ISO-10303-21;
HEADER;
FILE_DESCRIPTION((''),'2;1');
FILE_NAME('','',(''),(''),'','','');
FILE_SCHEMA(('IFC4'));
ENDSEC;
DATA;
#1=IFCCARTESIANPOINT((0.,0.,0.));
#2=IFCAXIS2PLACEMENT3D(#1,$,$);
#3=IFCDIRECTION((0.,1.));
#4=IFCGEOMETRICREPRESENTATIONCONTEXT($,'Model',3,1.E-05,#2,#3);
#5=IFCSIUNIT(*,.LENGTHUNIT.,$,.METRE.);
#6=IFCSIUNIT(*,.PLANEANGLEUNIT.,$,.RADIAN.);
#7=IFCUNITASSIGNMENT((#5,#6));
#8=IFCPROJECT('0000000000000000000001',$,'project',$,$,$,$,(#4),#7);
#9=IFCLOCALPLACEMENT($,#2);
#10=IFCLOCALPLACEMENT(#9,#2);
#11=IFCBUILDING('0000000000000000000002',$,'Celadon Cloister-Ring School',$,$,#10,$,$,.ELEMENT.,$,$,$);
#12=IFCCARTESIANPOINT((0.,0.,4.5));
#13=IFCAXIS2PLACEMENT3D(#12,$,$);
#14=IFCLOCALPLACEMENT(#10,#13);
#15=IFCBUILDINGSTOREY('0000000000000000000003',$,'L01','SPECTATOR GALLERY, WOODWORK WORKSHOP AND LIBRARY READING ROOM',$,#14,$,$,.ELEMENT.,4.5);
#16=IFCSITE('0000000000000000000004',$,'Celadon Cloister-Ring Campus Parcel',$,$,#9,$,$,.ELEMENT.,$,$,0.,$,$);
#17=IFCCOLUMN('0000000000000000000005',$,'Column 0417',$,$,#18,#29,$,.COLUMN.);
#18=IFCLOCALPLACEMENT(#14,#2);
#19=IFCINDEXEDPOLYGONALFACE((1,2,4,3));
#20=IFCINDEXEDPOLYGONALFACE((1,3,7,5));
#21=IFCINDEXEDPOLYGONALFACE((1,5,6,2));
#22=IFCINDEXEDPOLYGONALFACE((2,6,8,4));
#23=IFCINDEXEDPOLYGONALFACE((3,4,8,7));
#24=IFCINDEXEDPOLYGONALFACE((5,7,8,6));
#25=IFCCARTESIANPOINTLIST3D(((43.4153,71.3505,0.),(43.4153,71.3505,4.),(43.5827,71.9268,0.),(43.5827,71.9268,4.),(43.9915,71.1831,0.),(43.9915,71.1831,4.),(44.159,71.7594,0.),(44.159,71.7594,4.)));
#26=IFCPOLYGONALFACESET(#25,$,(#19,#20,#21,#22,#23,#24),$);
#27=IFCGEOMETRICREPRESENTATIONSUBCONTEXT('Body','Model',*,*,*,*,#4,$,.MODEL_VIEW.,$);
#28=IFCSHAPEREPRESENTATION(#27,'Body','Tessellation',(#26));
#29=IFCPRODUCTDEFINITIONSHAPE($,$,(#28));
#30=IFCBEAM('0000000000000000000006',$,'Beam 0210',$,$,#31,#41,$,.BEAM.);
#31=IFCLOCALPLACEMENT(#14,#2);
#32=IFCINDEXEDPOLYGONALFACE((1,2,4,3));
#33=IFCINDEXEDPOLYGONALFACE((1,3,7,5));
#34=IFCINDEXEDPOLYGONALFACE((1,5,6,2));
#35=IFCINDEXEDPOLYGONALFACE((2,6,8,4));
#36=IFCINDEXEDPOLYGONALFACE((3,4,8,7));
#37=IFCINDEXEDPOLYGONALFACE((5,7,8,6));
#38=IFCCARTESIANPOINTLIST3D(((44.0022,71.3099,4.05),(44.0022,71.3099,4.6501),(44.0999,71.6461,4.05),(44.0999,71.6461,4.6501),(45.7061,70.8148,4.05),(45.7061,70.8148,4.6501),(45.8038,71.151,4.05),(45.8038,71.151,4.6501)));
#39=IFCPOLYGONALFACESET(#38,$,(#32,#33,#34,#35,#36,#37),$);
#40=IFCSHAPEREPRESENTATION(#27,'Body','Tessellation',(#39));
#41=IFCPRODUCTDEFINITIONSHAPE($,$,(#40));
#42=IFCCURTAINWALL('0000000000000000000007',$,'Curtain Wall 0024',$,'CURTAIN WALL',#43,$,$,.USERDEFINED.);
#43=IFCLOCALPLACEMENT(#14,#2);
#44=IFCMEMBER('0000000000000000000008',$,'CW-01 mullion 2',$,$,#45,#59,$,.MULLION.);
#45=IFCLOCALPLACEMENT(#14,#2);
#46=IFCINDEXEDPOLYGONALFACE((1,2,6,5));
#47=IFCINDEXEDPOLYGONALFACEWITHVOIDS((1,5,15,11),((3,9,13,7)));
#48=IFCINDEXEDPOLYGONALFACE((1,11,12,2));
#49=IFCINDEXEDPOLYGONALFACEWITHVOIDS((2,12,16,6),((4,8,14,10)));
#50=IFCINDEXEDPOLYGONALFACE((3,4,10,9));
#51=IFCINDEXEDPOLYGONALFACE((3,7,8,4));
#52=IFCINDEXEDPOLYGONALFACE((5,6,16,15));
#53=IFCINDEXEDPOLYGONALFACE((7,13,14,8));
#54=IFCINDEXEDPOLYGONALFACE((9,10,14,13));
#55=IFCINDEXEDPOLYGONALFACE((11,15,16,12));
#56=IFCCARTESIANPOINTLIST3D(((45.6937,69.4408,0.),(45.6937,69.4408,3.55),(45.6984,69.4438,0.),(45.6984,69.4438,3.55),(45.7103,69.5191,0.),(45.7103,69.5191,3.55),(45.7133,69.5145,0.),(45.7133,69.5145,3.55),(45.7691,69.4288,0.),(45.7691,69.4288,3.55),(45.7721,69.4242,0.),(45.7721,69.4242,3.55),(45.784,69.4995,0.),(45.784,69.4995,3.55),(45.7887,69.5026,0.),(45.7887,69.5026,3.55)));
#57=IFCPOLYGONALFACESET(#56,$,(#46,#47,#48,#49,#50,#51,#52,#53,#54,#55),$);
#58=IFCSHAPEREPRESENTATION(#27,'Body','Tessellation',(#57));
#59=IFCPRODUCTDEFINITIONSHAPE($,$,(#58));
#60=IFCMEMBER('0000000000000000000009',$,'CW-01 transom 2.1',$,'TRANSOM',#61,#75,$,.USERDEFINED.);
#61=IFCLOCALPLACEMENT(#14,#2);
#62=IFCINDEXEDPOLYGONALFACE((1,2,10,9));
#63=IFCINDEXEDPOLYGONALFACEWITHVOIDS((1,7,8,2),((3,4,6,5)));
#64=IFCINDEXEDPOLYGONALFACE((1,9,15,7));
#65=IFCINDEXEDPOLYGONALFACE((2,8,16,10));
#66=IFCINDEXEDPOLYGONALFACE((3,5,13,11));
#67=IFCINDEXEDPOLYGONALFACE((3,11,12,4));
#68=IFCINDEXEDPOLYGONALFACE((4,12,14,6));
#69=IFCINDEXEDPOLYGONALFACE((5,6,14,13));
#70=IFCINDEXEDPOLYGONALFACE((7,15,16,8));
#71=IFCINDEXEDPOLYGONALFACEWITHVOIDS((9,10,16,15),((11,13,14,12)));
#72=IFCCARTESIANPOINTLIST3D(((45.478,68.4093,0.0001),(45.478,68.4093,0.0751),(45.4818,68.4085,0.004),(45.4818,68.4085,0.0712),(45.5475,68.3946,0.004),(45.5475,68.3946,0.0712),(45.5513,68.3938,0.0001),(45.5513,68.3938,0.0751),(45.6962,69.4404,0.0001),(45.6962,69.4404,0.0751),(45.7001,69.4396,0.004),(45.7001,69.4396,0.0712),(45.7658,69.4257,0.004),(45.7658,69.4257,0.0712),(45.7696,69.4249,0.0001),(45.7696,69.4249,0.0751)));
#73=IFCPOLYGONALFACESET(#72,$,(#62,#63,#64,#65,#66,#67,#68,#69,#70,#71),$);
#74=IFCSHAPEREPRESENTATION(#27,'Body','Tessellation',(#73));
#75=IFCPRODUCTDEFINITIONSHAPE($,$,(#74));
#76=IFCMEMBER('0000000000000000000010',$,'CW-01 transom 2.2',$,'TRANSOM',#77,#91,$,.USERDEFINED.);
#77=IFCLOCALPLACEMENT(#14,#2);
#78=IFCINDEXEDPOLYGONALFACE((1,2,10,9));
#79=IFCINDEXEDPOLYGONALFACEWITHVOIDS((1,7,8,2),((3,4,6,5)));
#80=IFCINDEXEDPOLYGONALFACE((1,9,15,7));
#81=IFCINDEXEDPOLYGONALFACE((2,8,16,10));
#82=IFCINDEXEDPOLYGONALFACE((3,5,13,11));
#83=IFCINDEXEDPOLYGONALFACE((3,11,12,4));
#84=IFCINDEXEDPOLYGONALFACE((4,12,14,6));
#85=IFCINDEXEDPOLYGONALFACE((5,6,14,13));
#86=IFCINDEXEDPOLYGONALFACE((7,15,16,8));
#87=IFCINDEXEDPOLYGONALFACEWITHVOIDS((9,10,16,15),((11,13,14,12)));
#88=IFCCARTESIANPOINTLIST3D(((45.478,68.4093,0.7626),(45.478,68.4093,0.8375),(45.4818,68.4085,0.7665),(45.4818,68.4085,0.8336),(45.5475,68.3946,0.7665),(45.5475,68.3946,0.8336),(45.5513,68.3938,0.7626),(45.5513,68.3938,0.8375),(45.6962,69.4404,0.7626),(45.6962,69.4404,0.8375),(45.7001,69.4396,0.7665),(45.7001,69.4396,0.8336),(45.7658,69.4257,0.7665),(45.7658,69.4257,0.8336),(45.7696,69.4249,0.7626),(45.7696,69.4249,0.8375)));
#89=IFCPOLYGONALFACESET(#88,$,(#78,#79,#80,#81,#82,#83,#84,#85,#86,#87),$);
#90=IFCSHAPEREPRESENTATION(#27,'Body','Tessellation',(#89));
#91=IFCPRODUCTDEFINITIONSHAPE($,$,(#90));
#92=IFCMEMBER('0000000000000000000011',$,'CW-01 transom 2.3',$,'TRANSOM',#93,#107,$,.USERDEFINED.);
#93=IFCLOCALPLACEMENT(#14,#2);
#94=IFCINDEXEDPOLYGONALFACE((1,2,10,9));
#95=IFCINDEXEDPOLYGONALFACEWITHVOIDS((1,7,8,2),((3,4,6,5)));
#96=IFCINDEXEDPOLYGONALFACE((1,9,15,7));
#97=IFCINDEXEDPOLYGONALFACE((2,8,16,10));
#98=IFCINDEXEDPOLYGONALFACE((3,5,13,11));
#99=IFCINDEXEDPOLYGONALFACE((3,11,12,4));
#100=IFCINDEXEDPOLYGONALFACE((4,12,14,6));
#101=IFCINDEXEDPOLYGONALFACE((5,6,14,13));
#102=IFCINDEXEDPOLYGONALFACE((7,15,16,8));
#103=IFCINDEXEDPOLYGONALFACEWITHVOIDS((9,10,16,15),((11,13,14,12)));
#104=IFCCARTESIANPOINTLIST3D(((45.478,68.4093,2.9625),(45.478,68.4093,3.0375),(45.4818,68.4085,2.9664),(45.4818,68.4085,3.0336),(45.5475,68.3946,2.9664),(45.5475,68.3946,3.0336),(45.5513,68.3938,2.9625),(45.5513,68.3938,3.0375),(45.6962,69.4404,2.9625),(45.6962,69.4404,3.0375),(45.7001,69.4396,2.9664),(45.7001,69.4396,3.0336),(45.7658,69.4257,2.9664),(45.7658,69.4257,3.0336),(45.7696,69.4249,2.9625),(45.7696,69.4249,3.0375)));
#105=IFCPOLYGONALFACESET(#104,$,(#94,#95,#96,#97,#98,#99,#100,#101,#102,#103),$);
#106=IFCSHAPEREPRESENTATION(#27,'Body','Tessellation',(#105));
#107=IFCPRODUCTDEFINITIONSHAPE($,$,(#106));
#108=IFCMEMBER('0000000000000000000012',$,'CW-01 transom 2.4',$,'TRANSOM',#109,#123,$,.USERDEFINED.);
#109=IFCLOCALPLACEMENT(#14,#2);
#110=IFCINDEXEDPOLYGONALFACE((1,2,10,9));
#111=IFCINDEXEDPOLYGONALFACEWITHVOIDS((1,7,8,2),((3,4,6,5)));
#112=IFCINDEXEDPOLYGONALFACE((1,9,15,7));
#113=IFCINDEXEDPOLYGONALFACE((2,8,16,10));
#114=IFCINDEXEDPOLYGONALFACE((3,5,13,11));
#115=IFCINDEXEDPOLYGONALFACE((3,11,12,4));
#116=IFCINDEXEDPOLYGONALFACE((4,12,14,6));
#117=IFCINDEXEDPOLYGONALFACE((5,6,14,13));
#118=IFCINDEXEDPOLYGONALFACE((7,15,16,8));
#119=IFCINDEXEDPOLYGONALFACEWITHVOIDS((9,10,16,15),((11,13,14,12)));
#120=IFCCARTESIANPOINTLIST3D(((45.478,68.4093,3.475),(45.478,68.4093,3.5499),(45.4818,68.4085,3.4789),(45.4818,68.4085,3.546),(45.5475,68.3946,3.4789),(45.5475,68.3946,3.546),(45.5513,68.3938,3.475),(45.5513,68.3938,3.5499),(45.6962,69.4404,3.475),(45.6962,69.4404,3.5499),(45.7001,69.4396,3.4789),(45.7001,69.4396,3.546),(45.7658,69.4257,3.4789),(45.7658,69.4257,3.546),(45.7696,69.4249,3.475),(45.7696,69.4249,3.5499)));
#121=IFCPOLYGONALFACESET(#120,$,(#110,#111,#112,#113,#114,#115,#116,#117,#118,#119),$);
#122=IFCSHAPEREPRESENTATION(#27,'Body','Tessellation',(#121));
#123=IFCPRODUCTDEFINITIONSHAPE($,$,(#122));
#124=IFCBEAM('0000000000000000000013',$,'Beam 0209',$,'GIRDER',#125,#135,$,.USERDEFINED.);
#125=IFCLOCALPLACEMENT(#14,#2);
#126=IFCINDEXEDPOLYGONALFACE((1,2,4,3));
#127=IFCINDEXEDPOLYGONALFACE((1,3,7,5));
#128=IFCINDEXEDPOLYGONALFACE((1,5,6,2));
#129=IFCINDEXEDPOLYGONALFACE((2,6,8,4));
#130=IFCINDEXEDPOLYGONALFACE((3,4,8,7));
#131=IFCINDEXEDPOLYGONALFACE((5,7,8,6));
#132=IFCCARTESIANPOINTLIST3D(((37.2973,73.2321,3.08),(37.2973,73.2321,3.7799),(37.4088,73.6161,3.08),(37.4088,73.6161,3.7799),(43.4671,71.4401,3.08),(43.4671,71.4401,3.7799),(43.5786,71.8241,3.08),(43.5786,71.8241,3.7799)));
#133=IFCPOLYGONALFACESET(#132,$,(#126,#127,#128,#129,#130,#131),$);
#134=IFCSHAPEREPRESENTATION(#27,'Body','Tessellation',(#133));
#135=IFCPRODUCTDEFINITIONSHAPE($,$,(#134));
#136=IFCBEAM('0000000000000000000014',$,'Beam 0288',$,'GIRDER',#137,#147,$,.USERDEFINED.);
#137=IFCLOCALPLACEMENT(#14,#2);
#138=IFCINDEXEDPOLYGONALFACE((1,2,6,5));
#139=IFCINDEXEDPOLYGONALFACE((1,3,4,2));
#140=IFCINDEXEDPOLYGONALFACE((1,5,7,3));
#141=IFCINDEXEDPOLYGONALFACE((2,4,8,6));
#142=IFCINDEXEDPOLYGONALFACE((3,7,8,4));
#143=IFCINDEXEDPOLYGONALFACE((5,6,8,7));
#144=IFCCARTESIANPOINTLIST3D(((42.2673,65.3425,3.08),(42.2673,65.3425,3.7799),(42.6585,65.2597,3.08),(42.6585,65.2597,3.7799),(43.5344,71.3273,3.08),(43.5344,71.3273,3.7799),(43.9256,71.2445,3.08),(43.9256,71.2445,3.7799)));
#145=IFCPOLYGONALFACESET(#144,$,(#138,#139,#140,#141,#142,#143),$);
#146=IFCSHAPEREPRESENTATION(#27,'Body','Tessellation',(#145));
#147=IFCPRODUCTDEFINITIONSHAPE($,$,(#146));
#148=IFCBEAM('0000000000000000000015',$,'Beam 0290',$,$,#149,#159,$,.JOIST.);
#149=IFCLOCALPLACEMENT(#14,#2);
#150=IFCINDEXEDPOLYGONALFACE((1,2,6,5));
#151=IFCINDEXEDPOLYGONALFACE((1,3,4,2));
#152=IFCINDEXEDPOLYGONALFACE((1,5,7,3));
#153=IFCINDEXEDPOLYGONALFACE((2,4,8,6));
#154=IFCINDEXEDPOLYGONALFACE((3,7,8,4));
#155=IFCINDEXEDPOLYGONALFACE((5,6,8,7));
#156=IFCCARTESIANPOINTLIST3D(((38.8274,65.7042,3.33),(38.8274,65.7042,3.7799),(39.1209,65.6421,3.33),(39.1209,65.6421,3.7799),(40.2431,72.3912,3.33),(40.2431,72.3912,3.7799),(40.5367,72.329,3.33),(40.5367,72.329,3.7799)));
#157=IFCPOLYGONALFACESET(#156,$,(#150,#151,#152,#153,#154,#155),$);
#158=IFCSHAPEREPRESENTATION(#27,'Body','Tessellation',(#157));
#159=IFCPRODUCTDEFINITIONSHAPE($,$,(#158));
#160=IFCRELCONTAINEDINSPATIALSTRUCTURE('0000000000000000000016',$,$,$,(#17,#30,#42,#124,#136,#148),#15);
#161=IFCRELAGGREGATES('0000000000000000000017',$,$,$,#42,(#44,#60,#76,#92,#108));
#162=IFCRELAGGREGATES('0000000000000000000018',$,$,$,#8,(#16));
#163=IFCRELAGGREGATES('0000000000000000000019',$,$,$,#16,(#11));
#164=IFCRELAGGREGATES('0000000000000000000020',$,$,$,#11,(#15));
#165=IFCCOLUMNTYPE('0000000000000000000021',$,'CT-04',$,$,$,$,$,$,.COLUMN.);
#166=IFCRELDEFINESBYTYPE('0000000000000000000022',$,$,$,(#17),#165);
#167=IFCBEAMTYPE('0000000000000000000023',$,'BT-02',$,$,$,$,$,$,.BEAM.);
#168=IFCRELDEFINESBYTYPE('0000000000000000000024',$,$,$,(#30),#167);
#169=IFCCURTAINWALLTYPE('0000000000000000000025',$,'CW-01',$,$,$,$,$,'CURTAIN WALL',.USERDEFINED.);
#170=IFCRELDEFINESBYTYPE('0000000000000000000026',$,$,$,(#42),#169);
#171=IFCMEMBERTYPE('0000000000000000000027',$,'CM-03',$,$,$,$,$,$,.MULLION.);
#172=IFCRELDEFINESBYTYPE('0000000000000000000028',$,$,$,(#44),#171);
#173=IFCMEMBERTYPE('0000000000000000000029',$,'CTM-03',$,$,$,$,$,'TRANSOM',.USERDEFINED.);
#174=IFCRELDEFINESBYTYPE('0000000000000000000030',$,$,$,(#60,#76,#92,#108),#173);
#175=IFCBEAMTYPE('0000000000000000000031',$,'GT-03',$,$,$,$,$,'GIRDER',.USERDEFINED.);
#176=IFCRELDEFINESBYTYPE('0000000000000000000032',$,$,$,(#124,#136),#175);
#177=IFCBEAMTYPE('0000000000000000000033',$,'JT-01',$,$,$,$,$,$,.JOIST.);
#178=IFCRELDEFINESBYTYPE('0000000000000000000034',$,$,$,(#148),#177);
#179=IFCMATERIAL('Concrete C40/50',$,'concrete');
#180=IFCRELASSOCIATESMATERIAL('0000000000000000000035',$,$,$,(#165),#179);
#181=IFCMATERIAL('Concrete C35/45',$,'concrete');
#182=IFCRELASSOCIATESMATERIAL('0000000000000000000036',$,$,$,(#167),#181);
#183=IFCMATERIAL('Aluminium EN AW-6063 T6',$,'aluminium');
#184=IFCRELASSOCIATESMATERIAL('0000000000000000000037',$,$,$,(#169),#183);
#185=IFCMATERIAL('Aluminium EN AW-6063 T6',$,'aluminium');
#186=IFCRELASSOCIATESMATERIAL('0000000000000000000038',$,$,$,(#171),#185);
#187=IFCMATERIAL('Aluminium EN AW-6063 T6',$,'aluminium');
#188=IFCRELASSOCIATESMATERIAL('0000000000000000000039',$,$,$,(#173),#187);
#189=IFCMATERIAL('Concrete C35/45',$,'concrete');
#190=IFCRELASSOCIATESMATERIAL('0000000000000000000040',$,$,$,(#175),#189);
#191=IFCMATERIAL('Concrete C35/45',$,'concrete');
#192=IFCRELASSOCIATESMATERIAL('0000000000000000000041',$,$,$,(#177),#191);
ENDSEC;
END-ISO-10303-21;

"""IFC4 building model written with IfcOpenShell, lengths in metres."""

from ifc_helpers import new_model, si_unit, direction, frame, origin, origin_2d, place, context, subcontext, project, spatial, rectangle, hollow_rectangle, extrude, material, material_profile, profile_set, type_object, element, aggregate, save


model = new_model("IFC4")

# Units and contexts
model_context = context("Model", 3, precision=1e-05, world=origin(), true_north=direction((0.0, 1.0)))
body_context = subcontext(model_context, "Body", "Model", "MODEL_VIEW")
ifc_project = project(units=[si_unit("LENGTHUNIT", "METRE"), si_unit("PLANEANGLEUNIT", "RADIAN")], contexts=[model_context])

# Site, building, storey
site_placement = place(None, origin())
site = spatial("IfcSite", under=ifc_project, at=site_placement, Name="Celadon Cloister-Ring Campus Parcel", CompositionType="ELEMENT", RefElevation=0.0)
building_placement = place(site_placement, origin())
building = spatial("IfcBuilding", under=site, at=building_placement, Name="Celadon Cloister-Ring School", CompositionType="ELEMENT")
storey_placement = place(building_placement, frame((0.0, 0.0, 4.5)))
storey = spatial("IfcBuildingStorey", under=building, at=storey_placement, Name="L01", Description="SPECTATOR GALLERY, WOODWORK WORKSHOP AND LIBRARY READING ROOM", CompositionType="ELEMENT", Elevation=4.5)

# Column
ifc_material_1 = material(Name="Concrete C40/50", Category="concrete")
ifc_material_profile_1 = material_profile(ifc_material_1, rectangle(XDim=0.6001, YDim=0.6001, at=origin_2d()), Name="RC600X600")
ifc_profile_set_1 = profile_set([ifc_material_profile_1], Name="Concrete C40/50")
column_type = type_object("IfcColumnType", Name="CT-04", PredefinedType="COLUMN", material=ifc_profile_set_1)
column_placement = place(storey_placement, frame((43.7871, 71.5549, 0.0), z_axis=(0.0, 0.0, 1.0), x_axis=(-0.960294, 0.278991, 0.0)))
element("IfcColumn", 1, at=column_placement, inside=storey, type_object=column_type, Name="Column 0417", PredefinedType="COLUMN", context=body_context, shape_type="SweptSolid", body=[
    extrude(rectangle(XDim=0.6001, YDim=0.6001, at=origin_2d()), origin(), (0.0, 0.0, 1.0), 4.0),
])

# Beam
ifc_material_2 = material(Name="Concrete C35/45", Category="concrete")
ifc_material_profile_2 = material_profile(ifc_material_2, rectangle(XDim=0.3501, YDim=0.6001, at=origin_2d()), Name="RC350X600")
ifc_profile_set_2 = profile_set([ifc_material_profile_2], Name="Concrete C35/45")
beam_type_1 = type_object("IfcBeamType", Name="BT-02", PredefinedType="BEAM", material=ifc_profile_set_2)
beam_1_placement = place(storey_placement, frame((44.051, 71.478, 4.3501), z_axis=(0.960278, -0.279044, 0.0), x_axis=(0.279044, 0.960278, 0.0)))
element("IfcBeam", 2, at=beam_1_placement, inside=storey, type_object=beam_type_1, Name="Beam 0210", PredefinedType="BEAM", context=body_context, shape_type="SweptSolid", body=[
    extrude(rectangle(XDim=0.3501, YDim=0.6001, at=origin_2d()), origin(), (0.0, 0.0, 1.0), 1.7744),
])

# Curtain wall, members
ifc_material_3 = material(Name="Aluminium EN AW-6063 T6", Category="aluminium")
curtain_wall_type = type_object("IfcCurtainWallType", Name="CW-01", ElementType="CURTAIN WALL", PredefinedType="USERDEFINED", material=ifc_material_3)
curtain_wall_placement = place(storey_placement, origin())
curtain_wall = element("IfcCurtainWall", 3, at=curtain_wall_placement, inside=storey, type_object=curtain_wall_type, Name="Curtain Wall 0024", ObjectType="CURTAIN WALL", PredefinedType="USERDEFINED")
ifc_material_4 = material(Name="Aluminium EN AW-6063 T6", Category="aluminium")
ifc_material_profile_3 = material_profile(ifc_material_4, hollow_rectangle(XDim=0.0801, YDim=0.0801, WallThickness=0.0039, at=origin_2d()), Name="RHS80X80X4")
ifc_profile_set_3 = profile_set([ifc_material_profile_3], Name="Aluminium EN AW-6063 T6")
member_type_1 = type_object("IfcMemberType", Name="CM-03", PredefinedType="MULLION", material=ifc_profile_set_3)
member_1_placement = place(storey_placement, frame((45.7412, 69.4717, 0.0), z_axis=(0.0, 0.0, 1.0), x_axis=(0.978321, -0.207095, 0.0)))
member_1 = element("IfcMember", 4, at=member_1_placement, type_object=member_type_1, Name="CW-01 mullion 2", PredefinedType="MULLION", context=body_context, shape_type="SweptSolid", body=[
    extrude(hollow_rectangle(XDim=0.0801, YDim=0.0801, WallThickness=0.0039, at=origin_2d()), origin(), (0.0, 0.0, 1.0), 3.55),
])
ifc_material_5 = material(Name="Aluminium EN AW-6063 T6", Category="aluminium")
ifc_material_profile_4 = material_profile(ifc_material_5, hollow_rectangle(XDim=0.075, YDim=0.075, WallThickness=0.0039, at=origin_2d()), Name="RHS75X75X4")
ifc_profile_set_4 = profile_set([ifc_material_profile_4], Name="Aluminium EN AW-6063 T6")
member_type_2 = type_object("IfcMemberType", Name="CTM-03", ElementType="TRANSOM", PredefinedType="USERDEFINED", material=ifc_profile_set_4)
member_2_placement = place(storey_placement, frame((45.7329, 69.4326, 0.0376), z_axis=(-0.207108, -0.978318, 0.0), x_axis=(0.978318, -0.207108, 0.0)))
member_2 = element("IfcMember", 5, at=member_2_placement, type_object=member_type_2, Name="CW-01 transom 2.1", ObjectType="TRANSOM", PredefinedType="USERDEFINED", context=body_context, shape_type="SweptSolid", body=[
    extrude(hollow_rectangle(XDim=0.075, YDim=0.075, WallThickness=0.0039, at=origin_2d()), origin(), (0.0, 0.0, 1.0), 1.054),
])
member_3_placement = place(storey_placement, frame((45.7329, 69.4326, 0.8), z_axis=(-0.207108, -0.978318, 0.0), x_axis=(0.978318, -0.207108, 0.0)))
member_3 = element("IfcMember", 6, at=member_3_placement, type_object=member_type_2, Name="CW-01 transom 2.2", ObjectType="TRANSOM", PredefinedType="USERDEFINED", context=body_context, shape_type="SweptSolid", body=[
    extrude(hollow_rectangle(XDim=0.075, YDim=0.075, WallThickness=0.0039, at=origin_2d()), origin(), (0.0, 0.0, 1.0), 1.054),
])
member_4_placement = place(storey_placement, frame((45.7329, 69.4326, 3.0), z_axis=(-0.207108, -0.978318, 0.0), x_axis=(0.978318, -0.207108, 0.0)))
member_4 = element("IfcMember", 7, at=member_4_placement, type_object=member_type_2, Name="CW-01 transom 2.3", ObjectType="TRANSOM", PredefinedType="USERDEFINED", context=body_context, shape_type="SweptSolid", body=[
    extrude(hollow_rectangle(XDim=0.075, YDim=0.075, WallThickness=0.0039, at=origin_2d()), origin(), (0.0, 0.0, 1.0), 1.054),
])
member_5_placement = place(storey_placement, frame((45.7329, 69.4326, 3.5125), z_axis=(-0.207108, -0.978318, 0.0), x_axis=(0.978318, -0.207108, 0.0)))
member_5 = element("IfcMember", 8, at=member_5_placement, type_object=member_type_2, Name="CW-01 transom 2.4", ObjectType="TRANSOM", PredefinedType="USERDEFINED", context=body_context, shape_type="SweptSolid", body=[
    extrude(hollow_rectangle(XDim=0.075, YDim=0.075, WallThickness=0.0039, at=origin_2d()), origin(), (0.0, 0.0, 1.0), 1.054),
])
aggregate(curtain_wall, [member_1, member_2, member_3, member_4, member_5])

# Beams
ifc_material_6 = material(Name="Concrete C35/45", Category="concrete")
ifc_material_profile_5 = material_profile(ifc_material_6, rectangle(XDim=0.3999, YDim=0.7, at=origin_2d()), Name="RC400X700")
ifc_profile_set_5 = profile_set([ifc_material_profile_5], Name="Concrete C35/45")
beam_type_2 = type_object("IfcBeamType", Name="GT-03", ElementType="GIRDER", PredefinedType="USERDEFINED", material=ifc_profile_set_5)
beam_2_placement = place(storey_placement, frame((37.353, 73.4241, 3.4299), z_axis=(0.960316, -0.278914, 0.0), x_axis=(0.278914, 0.960316, 0.0)))
element("IfcBeam", 9, at=beam_2_placement, inside=storey, type_object=beam_type_2, Name="Beam 0209", ObjectType="GIRDER", PredefinedType="USERDEFINED", context=body_context, shape_type="SweptSolid", body=[
    extrude(rectangle(XDim=0.3999, YDim=0.7, at=origin_2d()), origin(), (0.0, 0.0, 1.0), 6.4248),
])
beam_3_placement = place(storey_placement, frame((43.73, 71.2859, 3.4299), z_axis=(-0.207125, -0.978315, 0.0), x_axis=(0.978315, -0.207125, 0.0)))
element("IfcBeam", 10, at=beam_3_placement, inside=storey, type_object=beam_type_2, Name="Beam 0288", ObjectType="GIRDER", PredefinedType="USERDEFINED", context=body_context, shape_type="SweptSolid", body=[
    extrude(rectangle(XDim=0.3999, YDim=0.7, at=origin_2d()), origin(), (0.0, 0.0, 1.0), 6.1174),
])
ifc_material_7 = material(Name="Concrete C35/45", Category="concrete")
ifc_material_profile_6 = material_profile(ifc_material_7, rectangle(XDim=0.3, YDim=0.45, at=origin_2d()), Name="RC300X450")
ifc_profile_set_6 = profile_set([ifc_material_profile_6], Name="Concrete C35/45")
beam_type_3 = type_object("IfcBeamType", Name="JT-01", PredefinedType="JOIST", material=ifc_profile_set_6)
beam_4_placement = place(storey_placement, frame((40.3899, 72.3601, 3.5549), z_axis=(-0.207128, -0.978314, 0.0), x_axis=(0.978314, -0.207128, 0.0)))
element("IfcBeam", 11, at=beam_4_placement, inside=storey, type_object=beam_type_3, Name="Beam 0290", PredefinedType="JOIST", context=body_context, shape_type="SweptSolid", body=[
    extrude(rectangle(XDim=0.3, YDim=0.45, at=origin_2d()), origin(), (0.0, 0.0, 1.0), 6.8352),
])

save(model, "model.ifc")
